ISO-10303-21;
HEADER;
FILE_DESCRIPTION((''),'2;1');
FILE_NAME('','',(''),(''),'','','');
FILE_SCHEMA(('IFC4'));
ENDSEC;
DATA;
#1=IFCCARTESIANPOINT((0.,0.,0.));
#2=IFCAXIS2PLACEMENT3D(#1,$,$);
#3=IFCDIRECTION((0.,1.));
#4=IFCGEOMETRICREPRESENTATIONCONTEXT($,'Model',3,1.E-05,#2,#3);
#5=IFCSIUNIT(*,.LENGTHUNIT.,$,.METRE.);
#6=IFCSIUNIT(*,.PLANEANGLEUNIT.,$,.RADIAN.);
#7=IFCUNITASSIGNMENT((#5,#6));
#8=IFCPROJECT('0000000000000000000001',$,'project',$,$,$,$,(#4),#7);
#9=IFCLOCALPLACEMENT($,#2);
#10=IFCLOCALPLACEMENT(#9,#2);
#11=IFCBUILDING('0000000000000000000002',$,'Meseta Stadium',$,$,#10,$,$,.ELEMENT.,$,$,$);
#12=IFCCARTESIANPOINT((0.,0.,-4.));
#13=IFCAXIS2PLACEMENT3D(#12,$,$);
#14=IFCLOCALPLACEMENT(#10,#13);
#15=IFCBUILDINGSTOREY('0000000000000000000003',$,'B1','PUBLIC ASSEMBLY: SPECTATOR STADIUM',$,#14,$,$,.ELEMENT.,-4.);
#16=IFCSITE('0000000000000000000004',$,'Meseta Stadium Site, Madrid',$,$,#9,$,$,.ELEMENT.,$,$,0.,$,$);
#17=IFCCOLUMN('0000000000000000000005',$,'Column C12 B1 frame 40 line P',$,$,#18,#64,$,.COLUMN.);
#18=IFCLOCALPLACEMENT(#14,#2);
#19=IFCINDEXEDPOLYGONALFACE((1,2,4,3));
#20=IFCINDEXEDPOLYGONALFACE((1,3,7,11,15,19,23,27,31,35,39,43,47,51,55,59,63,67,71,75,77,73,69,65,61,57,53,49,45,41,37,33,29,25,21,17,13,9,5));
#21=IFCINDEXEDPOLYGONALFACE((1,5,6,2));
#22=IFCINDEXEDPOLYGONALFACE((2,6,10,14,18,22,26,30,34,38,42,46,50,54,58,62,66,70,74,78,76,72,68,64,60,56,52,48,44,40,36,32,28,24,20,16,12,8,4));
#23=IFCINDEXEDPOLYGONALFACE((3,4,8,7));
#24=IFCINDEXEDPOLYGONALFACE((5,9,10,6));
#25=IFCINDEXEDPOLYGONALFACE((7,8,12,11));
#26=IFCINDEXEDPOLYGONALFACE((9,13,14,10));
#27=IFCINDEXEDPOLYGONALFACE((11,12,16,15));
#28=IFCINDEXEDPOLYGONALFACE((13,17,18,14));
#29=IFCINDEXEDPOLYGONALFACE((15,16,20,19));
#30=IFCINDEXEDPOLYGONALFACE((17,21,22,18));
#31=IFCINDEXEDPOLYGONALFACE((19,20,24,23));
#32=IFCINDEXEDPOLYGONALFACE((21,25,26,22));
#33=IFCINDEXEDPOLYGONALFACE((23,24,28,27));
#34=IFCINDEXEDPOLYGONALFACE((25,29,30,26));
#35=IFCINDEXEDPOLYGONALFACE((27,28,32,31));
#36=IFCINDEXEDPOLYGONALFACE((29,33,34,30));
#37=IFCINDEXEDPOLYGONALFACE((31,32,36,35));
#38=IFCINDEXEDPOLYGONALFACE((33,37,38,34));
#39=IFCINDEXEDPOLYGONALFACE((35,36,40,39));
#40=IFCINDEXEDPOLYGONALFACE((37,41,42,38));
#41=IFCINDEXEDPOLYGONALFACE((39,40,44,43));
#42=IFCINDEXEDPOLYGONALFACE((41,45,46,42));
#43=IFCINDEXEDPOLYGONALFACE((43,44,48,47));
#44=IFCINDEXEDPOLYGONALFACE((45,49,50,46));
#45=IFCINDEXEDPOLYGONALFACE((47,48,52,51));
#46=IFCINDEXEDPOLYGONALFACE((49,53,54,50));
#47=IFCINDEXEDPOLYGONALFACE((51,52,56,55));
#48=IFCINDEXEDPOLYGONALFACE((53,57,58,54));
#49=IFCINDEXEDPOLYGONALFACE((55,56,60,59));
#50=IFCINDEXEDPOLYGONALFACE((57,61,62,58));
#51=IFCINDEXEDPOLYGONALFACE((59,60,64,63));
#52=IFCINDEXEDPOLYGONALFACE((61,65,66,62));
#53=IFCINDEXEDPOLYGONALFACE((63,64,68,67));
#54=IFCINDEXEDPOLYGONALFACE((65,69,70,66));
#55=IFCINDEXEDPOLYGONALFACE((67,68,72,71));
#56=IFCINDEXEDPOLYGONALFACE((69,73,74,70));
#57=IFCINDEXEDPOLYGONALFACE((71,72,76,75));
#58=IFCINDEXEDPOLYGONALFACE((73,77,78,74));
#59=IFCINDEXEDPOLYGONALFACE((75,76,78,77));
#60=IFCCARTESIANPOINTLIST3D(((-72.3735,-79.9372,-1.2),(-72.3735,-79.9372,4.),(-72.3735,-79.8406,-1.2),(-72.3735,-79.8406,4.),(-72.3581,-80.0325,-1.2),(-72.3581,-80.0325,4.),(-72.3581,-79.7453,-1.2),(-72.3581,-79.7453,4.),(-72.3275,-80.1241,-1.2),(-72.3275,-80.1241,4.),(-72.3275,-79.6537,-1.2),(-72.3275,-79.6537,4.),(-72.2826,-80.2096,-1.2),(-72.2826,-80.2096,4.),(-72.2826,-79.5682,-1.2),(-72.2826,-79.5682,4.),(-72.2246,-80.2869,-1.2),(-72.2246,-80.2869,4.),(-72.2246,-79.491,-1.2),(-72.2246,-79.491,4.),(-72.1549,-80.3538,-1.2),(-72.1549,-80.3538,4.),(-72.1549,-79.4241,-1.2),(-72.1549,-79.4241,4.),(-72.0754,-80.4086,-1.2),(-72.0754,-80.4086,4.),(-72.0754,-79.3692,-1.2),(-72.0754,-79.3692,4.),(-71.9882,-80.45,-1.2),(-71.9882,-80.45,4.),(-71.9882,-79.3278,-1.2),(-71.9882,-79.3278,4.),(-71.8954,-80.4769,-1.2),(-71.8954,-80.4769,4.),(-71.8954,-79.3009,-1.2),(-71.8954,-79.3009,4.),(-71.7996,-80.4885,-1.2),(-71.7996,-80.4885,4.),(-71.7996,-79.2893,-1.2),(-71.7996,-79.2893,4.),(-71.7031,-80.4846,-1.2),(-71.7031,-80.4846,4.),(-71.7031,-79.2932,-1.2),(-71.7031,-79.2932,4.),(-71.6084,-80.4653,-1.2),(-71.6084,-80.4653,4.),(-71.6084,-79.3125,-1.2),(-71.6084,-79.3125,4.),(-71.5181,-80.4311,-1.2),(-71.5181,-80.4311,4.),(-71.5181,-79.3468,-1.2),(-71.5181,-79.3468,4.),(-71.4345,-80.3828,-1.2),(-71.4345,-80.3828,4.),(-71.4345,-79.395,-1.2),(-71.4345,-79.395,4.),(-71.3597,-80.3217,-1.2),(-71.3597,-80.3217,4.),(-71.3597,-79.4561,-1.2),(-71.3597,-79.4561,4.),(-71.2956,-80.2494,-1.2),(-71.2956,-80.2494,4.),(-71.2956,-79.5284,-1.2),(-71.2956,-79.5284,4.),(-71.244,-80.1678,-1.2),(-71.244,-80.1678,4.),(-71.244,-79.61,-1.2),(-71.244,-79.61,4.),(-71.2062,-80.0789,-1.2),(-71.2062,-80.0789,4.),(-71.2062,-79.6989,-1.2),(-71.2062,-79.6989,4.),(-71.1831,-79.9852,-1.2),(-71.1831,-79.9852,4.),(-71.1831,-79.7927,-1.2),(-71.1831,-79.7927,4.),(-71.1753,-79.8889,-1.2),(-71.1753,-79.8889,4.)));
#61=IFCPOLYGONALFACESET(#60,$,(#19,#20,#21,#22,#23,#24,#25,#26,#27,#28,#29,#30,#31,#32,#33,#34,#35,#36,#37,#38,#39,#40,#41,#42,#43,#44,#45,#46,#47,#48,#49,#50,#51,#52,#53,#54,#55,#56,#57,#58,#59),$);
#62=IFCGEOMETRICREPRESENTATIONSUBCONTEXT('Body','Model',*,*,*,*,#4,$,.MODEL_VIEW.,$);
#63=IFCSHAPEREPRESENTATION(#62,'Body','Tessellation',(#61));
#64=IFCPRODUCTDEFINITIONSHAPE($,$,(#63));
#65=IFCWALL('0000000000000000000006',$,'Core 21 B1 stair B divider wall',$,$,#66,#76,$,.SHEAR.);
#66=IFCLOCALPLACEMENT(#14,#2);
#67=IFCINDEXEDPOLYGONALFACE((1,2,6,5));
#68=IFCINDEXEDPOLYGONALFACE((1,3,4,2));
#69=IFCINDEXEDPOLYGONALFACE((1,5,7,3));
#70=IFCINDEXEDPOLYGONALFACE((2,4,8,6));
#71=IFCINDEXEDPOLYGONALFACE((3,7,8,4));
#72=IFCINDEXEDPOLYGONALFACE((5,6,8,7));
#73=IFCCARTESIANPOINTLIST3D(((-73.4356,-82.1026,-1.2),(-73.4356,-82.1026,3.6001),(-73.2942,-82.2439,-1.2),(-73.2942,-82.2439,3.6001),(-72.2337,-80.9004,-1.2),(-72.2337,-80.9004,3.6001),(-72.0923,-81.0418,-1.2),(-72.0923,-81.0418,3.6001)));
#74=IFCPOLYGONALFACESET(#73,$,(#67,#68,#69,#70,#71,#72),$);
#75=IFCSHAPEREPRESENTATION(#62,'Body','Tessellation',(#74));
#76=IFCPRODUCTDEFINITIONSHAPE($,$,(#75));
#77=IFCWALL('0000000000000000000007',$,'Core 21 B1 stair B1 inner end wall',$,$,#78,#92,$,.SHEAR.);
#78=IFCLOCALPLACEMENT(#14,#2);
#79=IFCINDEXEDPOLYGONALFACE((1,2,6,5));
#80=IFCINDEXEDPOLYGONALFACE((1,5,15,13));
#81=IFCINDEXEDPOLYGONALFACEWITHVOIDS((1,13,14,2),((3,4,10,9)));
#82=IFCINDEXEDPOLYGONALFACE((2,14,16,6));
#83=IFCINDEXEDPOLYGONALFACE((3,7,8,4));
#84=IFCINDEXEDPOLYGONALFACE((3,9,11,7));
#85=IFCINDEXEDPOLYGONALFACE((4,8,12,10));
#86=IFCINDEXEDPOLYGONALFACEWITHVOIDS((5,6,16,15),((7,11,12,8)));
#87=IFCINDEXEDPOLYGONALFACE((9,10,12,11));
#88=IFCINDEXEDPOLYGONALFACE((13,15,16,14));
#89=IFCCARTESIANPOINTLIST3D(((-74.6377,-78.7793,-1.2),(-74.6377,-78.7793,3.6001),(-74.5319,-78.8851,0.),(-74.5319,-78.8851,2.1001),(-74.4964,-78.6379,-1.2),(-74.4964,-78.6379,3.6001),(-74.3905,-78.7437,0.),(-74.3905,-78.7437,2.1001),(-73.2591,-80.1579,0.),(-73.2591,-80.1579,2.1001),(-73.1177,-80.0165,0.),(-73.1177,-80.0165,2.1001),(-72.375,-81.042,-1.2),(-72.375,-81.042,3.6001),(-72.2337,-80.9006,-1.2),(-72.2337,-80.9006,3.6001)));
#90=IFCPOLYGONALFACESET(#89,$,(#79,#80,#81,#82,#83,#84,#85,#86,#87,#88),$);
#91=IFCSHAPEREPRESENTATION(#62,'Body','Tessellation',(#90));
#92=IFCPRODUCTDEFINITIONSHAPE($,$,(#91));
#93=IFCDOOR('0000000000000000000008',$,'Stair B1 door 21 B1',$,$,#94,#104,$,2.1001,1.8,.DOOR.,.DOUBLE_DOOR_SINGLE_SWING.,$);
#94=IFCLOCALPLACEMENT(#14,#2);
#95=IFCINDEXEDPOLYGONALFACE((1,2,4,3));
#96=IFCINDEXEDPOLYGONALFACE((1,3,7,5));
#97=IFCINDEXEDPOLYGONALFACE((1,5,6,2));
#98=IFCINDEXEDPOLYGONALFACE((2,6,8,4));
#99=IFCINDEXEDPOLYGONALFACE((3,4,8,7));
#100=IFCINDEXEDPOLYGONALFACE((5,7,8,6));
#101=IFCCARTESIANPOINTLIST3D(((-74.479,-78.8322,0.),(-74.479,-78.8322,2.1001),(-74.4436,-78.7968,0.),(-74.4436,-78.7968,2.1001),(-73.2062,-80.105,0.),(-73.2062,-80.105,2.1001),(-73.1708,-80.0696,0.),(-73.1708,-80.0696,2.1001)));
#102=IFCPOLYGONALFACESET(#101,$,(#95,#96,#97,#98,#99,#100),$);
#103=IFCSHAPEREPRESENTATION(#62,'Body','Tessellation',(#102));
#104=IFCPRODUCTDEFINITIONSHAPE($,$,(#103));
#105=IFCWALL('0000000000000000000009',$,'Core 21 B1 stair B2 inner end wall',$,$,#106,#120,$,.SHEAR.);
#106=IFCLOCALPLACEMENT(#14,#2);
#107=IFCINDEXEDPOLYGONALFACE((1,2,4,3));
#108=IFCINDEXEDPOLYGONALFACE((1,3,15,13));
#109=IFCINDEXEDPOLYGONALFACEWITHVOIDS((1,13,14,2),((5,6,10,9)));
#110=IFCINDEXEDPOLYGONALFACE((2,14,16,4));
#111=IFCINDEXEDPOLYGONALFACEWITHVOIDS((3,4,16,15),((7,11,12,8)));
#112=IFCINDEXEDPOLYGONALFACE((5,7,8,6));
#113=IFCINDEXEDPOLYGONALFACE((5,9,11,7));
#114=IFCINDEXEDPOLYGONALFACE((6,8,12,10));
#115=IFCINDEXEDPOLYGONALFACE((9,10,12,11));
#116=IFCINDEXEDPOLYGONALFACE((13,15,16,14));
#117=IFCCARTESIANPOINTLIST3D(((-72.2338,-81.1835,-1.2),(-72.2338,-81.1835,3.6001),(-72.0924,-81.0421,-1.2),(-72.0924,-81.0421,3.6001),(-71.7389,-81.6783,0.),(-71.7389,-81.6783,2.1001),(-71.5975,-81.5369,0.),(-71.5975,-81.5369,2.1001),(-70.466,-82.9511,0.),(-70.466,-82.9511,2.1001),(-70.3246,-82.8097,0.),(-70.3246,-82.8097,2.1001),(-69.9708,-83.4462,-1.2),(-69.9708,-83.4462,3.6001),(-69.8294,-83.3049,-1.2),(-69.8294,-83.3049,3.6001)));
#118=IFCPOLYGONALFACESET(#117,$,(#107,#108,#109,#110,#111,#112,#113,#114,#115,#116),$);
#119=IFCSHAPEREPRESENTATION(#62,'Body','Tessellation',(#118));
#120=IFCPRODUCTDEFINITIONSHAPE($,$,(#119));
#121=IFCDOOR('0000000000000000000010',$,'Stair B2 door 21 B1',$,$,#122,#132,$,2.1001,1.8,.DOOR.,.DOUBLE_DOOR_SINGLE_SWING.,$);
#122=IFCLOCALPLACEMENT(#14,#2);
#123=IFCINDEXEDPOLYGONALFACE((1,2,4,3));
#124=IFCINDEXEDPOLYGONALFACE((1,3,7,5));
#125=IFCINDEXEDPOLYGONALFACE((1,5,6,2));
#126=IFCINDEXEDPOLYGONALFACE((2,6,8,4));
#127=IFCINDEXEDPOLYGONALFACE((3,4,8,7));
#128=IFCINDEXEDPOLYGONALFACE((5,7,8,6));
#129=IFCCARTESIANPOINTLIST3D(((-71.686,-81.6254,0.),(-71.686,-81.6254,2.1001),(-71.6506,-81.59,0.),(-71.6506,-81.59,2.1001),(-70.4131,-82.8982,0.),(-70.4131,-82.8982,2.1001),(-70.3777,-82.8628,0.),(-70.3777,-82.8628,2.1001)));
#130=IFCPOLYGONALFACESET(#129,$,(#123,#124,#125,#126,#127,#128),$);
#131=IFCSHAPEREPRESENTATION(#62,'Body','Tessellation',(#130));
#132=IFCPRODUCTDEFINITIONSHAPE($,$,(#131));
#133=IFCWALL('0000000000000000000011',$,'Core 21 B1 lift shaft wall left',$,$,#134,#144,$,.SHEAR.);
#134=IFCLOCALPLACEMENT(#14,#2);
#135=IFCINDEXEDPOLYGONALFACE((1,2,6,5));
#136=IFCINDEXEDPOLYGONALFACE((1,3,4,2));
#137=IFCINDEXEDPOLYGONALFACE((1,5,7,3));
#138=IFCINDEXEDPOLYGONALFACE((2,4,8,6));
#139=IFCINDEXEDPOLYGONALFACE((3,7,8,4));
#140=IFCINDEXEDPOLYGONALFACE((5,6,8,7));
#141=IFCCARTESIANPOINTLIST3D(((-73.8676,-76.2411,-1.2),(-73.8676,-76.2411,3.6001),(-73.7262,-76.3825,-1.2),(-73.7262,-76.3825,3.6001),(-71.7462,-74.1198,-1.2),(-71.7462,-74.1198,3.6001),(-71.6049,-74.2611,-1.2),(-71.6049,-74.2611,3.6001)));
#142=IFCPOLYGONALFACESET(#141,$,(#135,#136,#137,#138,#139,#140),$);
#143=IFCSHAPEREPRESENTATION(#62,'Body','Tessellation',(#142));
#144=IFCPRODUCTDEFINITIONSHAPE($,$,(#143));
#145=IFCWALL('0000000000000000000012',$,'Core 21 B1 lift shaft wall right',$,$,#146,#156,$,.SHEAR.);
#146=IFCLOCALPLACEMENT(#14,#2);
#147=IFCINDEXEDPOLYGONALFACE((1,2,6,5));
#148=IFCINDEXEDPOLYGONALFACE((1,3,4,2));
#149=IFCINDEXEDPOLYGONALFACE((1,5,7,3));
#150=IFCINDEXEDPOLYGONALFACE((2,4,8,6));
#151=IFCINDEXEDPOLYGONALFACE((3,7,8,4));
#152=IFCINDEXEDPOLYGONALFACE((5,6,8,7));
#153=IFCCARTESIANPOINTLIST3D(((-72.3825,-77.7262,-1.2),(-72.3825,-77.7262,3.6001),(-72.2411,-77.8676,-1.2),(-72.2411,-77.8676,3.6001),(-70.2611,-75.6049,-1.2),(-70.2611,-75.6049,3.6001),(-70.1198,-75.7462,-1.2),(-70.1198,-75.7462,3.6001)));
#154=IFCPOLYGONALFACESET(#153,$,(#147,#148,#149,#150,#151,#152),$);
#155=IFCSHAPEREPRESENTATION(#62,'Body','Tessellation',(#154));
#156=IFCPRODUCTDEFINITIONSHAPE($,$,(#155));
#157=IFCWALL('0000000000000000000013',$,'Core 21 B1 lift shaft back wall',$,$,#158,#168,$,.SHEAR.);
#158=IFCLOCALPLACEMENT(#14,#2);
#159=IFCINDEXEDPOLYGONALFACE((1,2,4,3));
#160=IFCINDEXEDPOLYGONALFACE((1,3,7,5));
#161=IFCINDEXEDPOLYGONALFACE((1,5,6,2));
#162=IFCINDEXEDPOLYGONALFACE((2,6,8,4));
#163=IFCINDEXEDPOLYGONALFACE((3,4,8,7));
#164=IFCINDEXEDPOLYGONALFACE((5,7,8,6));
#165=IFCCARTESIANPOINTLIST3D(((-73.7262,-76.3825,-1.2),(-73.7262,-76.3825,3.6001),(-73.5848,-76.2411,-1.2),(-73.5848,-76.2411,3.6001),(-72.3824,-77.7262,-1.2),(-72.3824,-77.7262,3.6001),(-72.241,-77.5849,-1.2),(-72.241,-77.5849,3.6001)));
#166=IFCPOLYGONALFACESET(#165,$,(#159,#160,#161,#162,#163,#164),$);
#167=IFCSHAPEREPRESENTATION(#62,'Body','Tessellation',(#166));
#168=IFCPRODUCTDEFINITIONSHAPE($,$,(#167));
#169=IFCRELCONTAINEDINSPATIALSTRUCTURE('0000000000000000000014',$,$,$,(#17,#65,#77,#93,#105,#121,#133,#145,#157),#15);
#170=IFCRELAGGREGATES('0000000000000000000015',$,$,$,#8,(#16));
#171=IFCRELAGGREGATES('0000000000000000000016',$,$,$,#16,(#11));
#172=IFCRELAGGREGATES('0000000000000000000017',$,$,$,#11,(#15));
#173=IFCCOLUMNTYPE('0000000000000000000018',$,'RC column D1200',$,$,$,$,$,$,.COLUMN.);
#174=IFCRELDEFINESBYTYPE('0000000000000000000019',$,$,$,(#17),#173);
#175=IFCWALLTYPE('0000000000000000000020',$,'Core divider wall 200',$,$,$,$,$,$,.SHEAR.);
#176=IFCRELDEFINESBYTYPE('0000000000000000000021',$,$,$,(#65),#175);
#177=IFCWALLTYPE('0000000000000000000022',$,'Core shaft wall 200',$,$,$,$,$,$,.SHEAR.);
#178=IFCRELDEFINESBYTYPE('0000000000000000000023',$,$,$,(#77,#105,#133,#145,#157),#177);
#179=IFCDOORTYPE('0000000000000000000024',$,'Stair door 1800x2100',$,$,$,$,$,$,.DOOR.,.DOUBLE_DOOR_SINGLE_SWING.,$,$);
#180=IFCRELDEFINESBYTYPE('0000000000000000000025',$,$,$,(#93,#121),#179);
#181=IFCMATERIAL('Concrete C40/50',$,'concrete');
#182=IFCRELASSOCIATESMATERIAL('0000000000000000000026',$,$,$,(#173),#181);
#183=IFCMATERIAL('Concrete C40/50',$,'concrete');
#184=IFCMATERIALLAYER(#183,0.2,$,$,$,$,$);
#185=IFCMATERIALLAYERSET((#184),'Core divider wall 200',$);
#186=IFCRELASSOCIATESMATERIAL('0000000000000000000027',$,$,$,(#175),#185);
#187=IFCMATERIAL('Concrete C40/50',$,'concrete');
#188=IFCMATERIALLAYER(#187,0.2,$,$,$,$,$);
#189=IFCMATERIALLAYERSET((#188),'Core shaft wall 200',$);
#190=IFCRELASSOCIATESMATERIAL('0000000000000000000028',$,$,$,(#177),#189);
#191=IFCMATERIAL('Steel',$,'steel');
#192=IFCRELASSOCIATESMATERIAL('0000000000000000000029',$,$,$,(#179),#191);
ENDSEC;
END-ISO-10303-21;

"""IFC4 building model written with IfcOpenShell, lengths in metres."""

from ifc_helpers import new_model, si_unit, direction, frame, frame_2d, origin, origin_2d, place, context, subcontext, project, spatial, rectangle, circle, extrude, material, layer, layer_set, material_profile, profile_set, type_object, element, fill, save


model = new_model("IFC4")

# Units and contexts
model_context = context("Model", 3, precision=1e-05, world=origin(), true_north=direction((0.0, 1.0)))
body_context = subcontext(model_context, "Body", "Model", "MODEL_VIEW")
ifc_project = project(units=[si_unit("LENGTHUNIT", "METRE"), si_unit("PLANEANGLEUNIT", "RADIAN")], contexts=[model_context])

# Site, building, storey
site_placement = place(None, origin())
site = spatial("IfcSite", under=ifc_project, at=site_placement, Name="Meseta Stadium Site, Madrid", CompositionType="ELEMENT", RefElevation=0.0)
building_placement = place(site_placement, origin())
building = spatial("IfcBuilding", under=site, at=building_placement, Name="Meseta Stadium", CompositionType="ELEMENT")
storey_placement = place(building_placement, frame((0.0, 0.0, -4.0)))
storey = spatial("IfcBuildingStorey", under=building, at=storey_placement, Name="B1", Description="PUBLIC ASSEMBLY: SPECTATOR STADIUM", CompositionType="ELEMENT", Elevation=-4.0)

# Column
ifc_material_1 = material(Name="Concrete C40/50", Category="concrete")
ifc_material_profile = material_profile(ifc_material_1, circle(Radius=0.6001, at=origin_2d()), Name="RC D1200")
ifc_profile_set = profile_set([ifc_material_profile], Name="Concrete C40/50")
column_type = type_object("IfcColumnType", Name="RC column D1200", PredefinedType="COLUMN", material=ifc_profile_set)
column_placement = place(storey_placement, frame((-71.7754, -79.8889, -1.2), z_axis=(0.0, 0.0, 1.0), x_axis=(1.0, 0.0, 0.0)))
element("IfcColumn", 1, at=column_placement, inside=storey, type_object=column_type, Name="Column C12 B1 frame 40 line P", PredefinedType="COLUMN", context=body_context, shape_type="SweptSolid", body=[
    extrude(circle(Radius=0.6001, at=origin_2d()), origin(), (0.0, 0.0, 1.0), 5.2),
])

# Wall
ifc_material_2 = material(Name="Concrete C40/50", Category="concrete")
ifc_layer_1 = layer(ifc_material_2, 0.2)
ifc_layer_set_1 = layer_set([ifc_layer_1], Name="Core divider wall 200")
wall_type_1 = type_object("IfcWallType", Name="Core divider wall 200", PredefinedType="SHEAR", material=ifc_layer_set_1)
wall_1_placement = place(storey_placement, frame((-73.365, -82.1733, -1.2), z_axis=(0.0, 0.0, 1.0), x_axis=(0.707035, 0.707179, 0.0)))
element("IfcWall", 2, at=wall_1_placement, inside=storey, type_object=wall_type_1, Name="Core 21 B1 stair B divider wall", PredefinedType="SHEAR", context=body_context, shape_type="SweptSolid", body=[
    extrude(rectangle(XDim=1.7, YDim=0.2, at=frame_2d((0.8501, 0.0))), origin(), (0.0, 0.0, 1.0), 4.8),
])

# Walls, openings, doors
ifc_material_3 = material(Name="Concrete C40/50", Category="concrete")
ifc_layer_2 = layer(ifc_material_3, 0.2)
ifc_layer_set_2 = layer_set([ifc_layer_2], Name="Core shaft wall 200")
wall_type_2 = type_object("IfcWallType", Name="Core shaft wall 200", PredefinedType="SHEAR", material=ifc_layer_set_2)
wall_2_placement = place(storey_placement, frame((-74.5671, -78.7085, -1.2), z_axis=(0.0, 0.0, 1.0), x_axis=(0.707107, -0.707107, 0.0)))
wall_2 = element("IfcWall", 3, at=wall_2_placement, inside=storey, type_object=wall_type_2, Name="Core 21 B1 stair B1 inner end wall", PredefinedType="SHEAR", context=body_context, shape_type="SweptSolid", body=[
    extrude(rectangle(XDim=3.2, YDim=0.2, at=frame_2d((1.6001, 0.0))), origin(), (0.0, 0.0, 1.0), 4.8),
])
opening_1_placement = place(wall_2_placement, frame((0.1499, 0.0, 1.2)))
opening_1 = element("IfcOpeningElement", 4, at=opening_1_placement, cuts=wall_2, PredefinedType="OPENING", context=body_context, shape_type="SweptSolid", body=[
    extrude(rectangle(XDim=1.8, YDim=2.1001, at=frame_2d((0.8999, 1.05))), frame((0.0, 0.1099, 0.0), z_axis=(0.0, -1.0, 0.0), x_axis=(1.0, 0.0, 0.0)), (0.0, 0.0, 1.0), 0.22),
])
ifc_material_4 = material(Name="Steel", Category="steel")
door_type_1 = type_object("IfcDoorType", Name="Stair door 1800x2100", OperationType="DOUBLE_DOOR_SINGLE_SWING", PredefinedType="DOOR", material=ifc_material_4)
door_1_placement = place(opening_1_placement, origin())
door_1 = element("IfcDoor", 5, at=door_1_placement, inside=storey, type_object=door_type_1, Name="Stair B1 door 21 B1", OperationType="DOUBLE_DOOR_SINGLE_SWING", OverallHeight=2.1001, OverallWidth=1.8, PredefinedType="DOOR", context=body_context, shape_type="SweptSolid", body=[
    extrude(rectangle(XDim=1.8, YDim=2.1001, at=frame_2d((0.8999, 1.05))), frame((0.0, 0.0249, 0.0), z_axis=(0.0, -1.0, 0.0), x_axis=(1.0, 0.0, 0.0)), (0.0, 0.0, 1.0), 0.05),
])
fill(opening_1, door_1)
wall_3_placement = place(storey_placement, frame((-72.1631, -81.1128, -1.2), z_axis=(0.0, 0.0, 1.0), x_axis=(0.707145, -0.707069, 0.0)))
wall_3 = element("IfcWall", 6, at=wall_3_placement, inside=storey, type_object=wall_type_2, Name="Core 21 B1 stair B2 inner end wall", PredefinedType="SHEAR", context=body_context, shape_type="SweptSolid", body=[
    extrude(rectangle(XDim=3.2002, YDim=0.2, at=frame_2d((1.6001, 0.0))), origin(), (0.0, 0.0, 1.0), 4.8),
])
opening_2_placement = place(wall_3_placement, frame((0.7, 0.0, 1.2)))
opening_2 = element("IfcOpeningElement", 7, at=opening_2_placement, cuts=wall_3, PredefinedType="OPENING", context=body_context, shape_type="SweptSolid", body=[
    extrude(rectangle(XDim=1.8, YDim=2.1001, at=frame_2d((0.8999, 1.05))), frame((0.0, 0.1099, 0.0), z_axis=(0.0, -1.0, 0.0), x_axis=(1.0, 0.0, 0.0)), (0.0, 0.0, 1.0), 0.22),
])
door_2_placement = place(opening_2_placement, origin())
door_2 = element("IfcDoor", 8, at=door_2_placement, inside=storey, type_object=door_type_1, Name="Stair B2 door 21 B1", OperationType="DOUBLE_DOOR_SINGLE_SWING", OverallHeight=2.1001, OverallWidth=1.8, PredefinedType="DOOR", context=body_context, shape_type="SweptSolid", body=[
    extrude(rectangle(XDim=1.8, YDim=2.1001, at=frame_2d((0.8999, 1.05))), frame((0.0, 0.0249, 0.0), z_axis=(0.0, -1.0, 0.0), x_axis=(1.0, 0.0, 0.0)), (0.0, 0.0, 1.0), 0.05),
])
fill(opening_2, door_2)

# Walls
for number, where, z_axis, x_axis, name in (
    (9, (-73.7969, -76.3118, -1.2), (0.0, 0.0, 1.0), (0.707107, 0.707107, 0.0), "Core 21 B1 lift shaft wall left"),
    (10, (-72.3118, -77.7969, -1.2), (0.0, 0.0, 1.0), (0.707107, 0.707107, 0.0), "Core 21 B1 lift shaft wall right"),
):
    element("IfcWall", number, at=place(storey_placement, frame(where, z_axis=z_axis, x_axis=x_axis)), inside=storey, type_object=wall_type_2, Name=name, PredefinedType="SHEAR", context=body_context, shape_type="SweptSolid", body=[
        extrude(rectangle(XDim=3.0, YDim=0.2, at=frame_2d((1.5, 0.0))), origin(), (0.0, 0.0, 1.0), 4.8),
    ])
wall_4_placement = place(storey_placement, frame((-73.6555, -76.3118, -1.2), z_axis=(0.0, 0.0, 1.0), x_axis=(0.707107, -0.707107, 0.0)))
element("IfcWall", 11, at=wall_4_placement, inside=storey, type_object=wall_type_2, Name="Core 21 B1 lift shaft back wall", PredefinedType="SHEAR", context=body_context, shape_type="SweptSolid", body=[
    extrude(rectangle(XDim=1.9004, YDim=0.2, at=frame_2d((0.9502, 0.0))), origin(), (0.0, 0.0, 1.0), 4.8),
])

save(model, "model.ifc")
